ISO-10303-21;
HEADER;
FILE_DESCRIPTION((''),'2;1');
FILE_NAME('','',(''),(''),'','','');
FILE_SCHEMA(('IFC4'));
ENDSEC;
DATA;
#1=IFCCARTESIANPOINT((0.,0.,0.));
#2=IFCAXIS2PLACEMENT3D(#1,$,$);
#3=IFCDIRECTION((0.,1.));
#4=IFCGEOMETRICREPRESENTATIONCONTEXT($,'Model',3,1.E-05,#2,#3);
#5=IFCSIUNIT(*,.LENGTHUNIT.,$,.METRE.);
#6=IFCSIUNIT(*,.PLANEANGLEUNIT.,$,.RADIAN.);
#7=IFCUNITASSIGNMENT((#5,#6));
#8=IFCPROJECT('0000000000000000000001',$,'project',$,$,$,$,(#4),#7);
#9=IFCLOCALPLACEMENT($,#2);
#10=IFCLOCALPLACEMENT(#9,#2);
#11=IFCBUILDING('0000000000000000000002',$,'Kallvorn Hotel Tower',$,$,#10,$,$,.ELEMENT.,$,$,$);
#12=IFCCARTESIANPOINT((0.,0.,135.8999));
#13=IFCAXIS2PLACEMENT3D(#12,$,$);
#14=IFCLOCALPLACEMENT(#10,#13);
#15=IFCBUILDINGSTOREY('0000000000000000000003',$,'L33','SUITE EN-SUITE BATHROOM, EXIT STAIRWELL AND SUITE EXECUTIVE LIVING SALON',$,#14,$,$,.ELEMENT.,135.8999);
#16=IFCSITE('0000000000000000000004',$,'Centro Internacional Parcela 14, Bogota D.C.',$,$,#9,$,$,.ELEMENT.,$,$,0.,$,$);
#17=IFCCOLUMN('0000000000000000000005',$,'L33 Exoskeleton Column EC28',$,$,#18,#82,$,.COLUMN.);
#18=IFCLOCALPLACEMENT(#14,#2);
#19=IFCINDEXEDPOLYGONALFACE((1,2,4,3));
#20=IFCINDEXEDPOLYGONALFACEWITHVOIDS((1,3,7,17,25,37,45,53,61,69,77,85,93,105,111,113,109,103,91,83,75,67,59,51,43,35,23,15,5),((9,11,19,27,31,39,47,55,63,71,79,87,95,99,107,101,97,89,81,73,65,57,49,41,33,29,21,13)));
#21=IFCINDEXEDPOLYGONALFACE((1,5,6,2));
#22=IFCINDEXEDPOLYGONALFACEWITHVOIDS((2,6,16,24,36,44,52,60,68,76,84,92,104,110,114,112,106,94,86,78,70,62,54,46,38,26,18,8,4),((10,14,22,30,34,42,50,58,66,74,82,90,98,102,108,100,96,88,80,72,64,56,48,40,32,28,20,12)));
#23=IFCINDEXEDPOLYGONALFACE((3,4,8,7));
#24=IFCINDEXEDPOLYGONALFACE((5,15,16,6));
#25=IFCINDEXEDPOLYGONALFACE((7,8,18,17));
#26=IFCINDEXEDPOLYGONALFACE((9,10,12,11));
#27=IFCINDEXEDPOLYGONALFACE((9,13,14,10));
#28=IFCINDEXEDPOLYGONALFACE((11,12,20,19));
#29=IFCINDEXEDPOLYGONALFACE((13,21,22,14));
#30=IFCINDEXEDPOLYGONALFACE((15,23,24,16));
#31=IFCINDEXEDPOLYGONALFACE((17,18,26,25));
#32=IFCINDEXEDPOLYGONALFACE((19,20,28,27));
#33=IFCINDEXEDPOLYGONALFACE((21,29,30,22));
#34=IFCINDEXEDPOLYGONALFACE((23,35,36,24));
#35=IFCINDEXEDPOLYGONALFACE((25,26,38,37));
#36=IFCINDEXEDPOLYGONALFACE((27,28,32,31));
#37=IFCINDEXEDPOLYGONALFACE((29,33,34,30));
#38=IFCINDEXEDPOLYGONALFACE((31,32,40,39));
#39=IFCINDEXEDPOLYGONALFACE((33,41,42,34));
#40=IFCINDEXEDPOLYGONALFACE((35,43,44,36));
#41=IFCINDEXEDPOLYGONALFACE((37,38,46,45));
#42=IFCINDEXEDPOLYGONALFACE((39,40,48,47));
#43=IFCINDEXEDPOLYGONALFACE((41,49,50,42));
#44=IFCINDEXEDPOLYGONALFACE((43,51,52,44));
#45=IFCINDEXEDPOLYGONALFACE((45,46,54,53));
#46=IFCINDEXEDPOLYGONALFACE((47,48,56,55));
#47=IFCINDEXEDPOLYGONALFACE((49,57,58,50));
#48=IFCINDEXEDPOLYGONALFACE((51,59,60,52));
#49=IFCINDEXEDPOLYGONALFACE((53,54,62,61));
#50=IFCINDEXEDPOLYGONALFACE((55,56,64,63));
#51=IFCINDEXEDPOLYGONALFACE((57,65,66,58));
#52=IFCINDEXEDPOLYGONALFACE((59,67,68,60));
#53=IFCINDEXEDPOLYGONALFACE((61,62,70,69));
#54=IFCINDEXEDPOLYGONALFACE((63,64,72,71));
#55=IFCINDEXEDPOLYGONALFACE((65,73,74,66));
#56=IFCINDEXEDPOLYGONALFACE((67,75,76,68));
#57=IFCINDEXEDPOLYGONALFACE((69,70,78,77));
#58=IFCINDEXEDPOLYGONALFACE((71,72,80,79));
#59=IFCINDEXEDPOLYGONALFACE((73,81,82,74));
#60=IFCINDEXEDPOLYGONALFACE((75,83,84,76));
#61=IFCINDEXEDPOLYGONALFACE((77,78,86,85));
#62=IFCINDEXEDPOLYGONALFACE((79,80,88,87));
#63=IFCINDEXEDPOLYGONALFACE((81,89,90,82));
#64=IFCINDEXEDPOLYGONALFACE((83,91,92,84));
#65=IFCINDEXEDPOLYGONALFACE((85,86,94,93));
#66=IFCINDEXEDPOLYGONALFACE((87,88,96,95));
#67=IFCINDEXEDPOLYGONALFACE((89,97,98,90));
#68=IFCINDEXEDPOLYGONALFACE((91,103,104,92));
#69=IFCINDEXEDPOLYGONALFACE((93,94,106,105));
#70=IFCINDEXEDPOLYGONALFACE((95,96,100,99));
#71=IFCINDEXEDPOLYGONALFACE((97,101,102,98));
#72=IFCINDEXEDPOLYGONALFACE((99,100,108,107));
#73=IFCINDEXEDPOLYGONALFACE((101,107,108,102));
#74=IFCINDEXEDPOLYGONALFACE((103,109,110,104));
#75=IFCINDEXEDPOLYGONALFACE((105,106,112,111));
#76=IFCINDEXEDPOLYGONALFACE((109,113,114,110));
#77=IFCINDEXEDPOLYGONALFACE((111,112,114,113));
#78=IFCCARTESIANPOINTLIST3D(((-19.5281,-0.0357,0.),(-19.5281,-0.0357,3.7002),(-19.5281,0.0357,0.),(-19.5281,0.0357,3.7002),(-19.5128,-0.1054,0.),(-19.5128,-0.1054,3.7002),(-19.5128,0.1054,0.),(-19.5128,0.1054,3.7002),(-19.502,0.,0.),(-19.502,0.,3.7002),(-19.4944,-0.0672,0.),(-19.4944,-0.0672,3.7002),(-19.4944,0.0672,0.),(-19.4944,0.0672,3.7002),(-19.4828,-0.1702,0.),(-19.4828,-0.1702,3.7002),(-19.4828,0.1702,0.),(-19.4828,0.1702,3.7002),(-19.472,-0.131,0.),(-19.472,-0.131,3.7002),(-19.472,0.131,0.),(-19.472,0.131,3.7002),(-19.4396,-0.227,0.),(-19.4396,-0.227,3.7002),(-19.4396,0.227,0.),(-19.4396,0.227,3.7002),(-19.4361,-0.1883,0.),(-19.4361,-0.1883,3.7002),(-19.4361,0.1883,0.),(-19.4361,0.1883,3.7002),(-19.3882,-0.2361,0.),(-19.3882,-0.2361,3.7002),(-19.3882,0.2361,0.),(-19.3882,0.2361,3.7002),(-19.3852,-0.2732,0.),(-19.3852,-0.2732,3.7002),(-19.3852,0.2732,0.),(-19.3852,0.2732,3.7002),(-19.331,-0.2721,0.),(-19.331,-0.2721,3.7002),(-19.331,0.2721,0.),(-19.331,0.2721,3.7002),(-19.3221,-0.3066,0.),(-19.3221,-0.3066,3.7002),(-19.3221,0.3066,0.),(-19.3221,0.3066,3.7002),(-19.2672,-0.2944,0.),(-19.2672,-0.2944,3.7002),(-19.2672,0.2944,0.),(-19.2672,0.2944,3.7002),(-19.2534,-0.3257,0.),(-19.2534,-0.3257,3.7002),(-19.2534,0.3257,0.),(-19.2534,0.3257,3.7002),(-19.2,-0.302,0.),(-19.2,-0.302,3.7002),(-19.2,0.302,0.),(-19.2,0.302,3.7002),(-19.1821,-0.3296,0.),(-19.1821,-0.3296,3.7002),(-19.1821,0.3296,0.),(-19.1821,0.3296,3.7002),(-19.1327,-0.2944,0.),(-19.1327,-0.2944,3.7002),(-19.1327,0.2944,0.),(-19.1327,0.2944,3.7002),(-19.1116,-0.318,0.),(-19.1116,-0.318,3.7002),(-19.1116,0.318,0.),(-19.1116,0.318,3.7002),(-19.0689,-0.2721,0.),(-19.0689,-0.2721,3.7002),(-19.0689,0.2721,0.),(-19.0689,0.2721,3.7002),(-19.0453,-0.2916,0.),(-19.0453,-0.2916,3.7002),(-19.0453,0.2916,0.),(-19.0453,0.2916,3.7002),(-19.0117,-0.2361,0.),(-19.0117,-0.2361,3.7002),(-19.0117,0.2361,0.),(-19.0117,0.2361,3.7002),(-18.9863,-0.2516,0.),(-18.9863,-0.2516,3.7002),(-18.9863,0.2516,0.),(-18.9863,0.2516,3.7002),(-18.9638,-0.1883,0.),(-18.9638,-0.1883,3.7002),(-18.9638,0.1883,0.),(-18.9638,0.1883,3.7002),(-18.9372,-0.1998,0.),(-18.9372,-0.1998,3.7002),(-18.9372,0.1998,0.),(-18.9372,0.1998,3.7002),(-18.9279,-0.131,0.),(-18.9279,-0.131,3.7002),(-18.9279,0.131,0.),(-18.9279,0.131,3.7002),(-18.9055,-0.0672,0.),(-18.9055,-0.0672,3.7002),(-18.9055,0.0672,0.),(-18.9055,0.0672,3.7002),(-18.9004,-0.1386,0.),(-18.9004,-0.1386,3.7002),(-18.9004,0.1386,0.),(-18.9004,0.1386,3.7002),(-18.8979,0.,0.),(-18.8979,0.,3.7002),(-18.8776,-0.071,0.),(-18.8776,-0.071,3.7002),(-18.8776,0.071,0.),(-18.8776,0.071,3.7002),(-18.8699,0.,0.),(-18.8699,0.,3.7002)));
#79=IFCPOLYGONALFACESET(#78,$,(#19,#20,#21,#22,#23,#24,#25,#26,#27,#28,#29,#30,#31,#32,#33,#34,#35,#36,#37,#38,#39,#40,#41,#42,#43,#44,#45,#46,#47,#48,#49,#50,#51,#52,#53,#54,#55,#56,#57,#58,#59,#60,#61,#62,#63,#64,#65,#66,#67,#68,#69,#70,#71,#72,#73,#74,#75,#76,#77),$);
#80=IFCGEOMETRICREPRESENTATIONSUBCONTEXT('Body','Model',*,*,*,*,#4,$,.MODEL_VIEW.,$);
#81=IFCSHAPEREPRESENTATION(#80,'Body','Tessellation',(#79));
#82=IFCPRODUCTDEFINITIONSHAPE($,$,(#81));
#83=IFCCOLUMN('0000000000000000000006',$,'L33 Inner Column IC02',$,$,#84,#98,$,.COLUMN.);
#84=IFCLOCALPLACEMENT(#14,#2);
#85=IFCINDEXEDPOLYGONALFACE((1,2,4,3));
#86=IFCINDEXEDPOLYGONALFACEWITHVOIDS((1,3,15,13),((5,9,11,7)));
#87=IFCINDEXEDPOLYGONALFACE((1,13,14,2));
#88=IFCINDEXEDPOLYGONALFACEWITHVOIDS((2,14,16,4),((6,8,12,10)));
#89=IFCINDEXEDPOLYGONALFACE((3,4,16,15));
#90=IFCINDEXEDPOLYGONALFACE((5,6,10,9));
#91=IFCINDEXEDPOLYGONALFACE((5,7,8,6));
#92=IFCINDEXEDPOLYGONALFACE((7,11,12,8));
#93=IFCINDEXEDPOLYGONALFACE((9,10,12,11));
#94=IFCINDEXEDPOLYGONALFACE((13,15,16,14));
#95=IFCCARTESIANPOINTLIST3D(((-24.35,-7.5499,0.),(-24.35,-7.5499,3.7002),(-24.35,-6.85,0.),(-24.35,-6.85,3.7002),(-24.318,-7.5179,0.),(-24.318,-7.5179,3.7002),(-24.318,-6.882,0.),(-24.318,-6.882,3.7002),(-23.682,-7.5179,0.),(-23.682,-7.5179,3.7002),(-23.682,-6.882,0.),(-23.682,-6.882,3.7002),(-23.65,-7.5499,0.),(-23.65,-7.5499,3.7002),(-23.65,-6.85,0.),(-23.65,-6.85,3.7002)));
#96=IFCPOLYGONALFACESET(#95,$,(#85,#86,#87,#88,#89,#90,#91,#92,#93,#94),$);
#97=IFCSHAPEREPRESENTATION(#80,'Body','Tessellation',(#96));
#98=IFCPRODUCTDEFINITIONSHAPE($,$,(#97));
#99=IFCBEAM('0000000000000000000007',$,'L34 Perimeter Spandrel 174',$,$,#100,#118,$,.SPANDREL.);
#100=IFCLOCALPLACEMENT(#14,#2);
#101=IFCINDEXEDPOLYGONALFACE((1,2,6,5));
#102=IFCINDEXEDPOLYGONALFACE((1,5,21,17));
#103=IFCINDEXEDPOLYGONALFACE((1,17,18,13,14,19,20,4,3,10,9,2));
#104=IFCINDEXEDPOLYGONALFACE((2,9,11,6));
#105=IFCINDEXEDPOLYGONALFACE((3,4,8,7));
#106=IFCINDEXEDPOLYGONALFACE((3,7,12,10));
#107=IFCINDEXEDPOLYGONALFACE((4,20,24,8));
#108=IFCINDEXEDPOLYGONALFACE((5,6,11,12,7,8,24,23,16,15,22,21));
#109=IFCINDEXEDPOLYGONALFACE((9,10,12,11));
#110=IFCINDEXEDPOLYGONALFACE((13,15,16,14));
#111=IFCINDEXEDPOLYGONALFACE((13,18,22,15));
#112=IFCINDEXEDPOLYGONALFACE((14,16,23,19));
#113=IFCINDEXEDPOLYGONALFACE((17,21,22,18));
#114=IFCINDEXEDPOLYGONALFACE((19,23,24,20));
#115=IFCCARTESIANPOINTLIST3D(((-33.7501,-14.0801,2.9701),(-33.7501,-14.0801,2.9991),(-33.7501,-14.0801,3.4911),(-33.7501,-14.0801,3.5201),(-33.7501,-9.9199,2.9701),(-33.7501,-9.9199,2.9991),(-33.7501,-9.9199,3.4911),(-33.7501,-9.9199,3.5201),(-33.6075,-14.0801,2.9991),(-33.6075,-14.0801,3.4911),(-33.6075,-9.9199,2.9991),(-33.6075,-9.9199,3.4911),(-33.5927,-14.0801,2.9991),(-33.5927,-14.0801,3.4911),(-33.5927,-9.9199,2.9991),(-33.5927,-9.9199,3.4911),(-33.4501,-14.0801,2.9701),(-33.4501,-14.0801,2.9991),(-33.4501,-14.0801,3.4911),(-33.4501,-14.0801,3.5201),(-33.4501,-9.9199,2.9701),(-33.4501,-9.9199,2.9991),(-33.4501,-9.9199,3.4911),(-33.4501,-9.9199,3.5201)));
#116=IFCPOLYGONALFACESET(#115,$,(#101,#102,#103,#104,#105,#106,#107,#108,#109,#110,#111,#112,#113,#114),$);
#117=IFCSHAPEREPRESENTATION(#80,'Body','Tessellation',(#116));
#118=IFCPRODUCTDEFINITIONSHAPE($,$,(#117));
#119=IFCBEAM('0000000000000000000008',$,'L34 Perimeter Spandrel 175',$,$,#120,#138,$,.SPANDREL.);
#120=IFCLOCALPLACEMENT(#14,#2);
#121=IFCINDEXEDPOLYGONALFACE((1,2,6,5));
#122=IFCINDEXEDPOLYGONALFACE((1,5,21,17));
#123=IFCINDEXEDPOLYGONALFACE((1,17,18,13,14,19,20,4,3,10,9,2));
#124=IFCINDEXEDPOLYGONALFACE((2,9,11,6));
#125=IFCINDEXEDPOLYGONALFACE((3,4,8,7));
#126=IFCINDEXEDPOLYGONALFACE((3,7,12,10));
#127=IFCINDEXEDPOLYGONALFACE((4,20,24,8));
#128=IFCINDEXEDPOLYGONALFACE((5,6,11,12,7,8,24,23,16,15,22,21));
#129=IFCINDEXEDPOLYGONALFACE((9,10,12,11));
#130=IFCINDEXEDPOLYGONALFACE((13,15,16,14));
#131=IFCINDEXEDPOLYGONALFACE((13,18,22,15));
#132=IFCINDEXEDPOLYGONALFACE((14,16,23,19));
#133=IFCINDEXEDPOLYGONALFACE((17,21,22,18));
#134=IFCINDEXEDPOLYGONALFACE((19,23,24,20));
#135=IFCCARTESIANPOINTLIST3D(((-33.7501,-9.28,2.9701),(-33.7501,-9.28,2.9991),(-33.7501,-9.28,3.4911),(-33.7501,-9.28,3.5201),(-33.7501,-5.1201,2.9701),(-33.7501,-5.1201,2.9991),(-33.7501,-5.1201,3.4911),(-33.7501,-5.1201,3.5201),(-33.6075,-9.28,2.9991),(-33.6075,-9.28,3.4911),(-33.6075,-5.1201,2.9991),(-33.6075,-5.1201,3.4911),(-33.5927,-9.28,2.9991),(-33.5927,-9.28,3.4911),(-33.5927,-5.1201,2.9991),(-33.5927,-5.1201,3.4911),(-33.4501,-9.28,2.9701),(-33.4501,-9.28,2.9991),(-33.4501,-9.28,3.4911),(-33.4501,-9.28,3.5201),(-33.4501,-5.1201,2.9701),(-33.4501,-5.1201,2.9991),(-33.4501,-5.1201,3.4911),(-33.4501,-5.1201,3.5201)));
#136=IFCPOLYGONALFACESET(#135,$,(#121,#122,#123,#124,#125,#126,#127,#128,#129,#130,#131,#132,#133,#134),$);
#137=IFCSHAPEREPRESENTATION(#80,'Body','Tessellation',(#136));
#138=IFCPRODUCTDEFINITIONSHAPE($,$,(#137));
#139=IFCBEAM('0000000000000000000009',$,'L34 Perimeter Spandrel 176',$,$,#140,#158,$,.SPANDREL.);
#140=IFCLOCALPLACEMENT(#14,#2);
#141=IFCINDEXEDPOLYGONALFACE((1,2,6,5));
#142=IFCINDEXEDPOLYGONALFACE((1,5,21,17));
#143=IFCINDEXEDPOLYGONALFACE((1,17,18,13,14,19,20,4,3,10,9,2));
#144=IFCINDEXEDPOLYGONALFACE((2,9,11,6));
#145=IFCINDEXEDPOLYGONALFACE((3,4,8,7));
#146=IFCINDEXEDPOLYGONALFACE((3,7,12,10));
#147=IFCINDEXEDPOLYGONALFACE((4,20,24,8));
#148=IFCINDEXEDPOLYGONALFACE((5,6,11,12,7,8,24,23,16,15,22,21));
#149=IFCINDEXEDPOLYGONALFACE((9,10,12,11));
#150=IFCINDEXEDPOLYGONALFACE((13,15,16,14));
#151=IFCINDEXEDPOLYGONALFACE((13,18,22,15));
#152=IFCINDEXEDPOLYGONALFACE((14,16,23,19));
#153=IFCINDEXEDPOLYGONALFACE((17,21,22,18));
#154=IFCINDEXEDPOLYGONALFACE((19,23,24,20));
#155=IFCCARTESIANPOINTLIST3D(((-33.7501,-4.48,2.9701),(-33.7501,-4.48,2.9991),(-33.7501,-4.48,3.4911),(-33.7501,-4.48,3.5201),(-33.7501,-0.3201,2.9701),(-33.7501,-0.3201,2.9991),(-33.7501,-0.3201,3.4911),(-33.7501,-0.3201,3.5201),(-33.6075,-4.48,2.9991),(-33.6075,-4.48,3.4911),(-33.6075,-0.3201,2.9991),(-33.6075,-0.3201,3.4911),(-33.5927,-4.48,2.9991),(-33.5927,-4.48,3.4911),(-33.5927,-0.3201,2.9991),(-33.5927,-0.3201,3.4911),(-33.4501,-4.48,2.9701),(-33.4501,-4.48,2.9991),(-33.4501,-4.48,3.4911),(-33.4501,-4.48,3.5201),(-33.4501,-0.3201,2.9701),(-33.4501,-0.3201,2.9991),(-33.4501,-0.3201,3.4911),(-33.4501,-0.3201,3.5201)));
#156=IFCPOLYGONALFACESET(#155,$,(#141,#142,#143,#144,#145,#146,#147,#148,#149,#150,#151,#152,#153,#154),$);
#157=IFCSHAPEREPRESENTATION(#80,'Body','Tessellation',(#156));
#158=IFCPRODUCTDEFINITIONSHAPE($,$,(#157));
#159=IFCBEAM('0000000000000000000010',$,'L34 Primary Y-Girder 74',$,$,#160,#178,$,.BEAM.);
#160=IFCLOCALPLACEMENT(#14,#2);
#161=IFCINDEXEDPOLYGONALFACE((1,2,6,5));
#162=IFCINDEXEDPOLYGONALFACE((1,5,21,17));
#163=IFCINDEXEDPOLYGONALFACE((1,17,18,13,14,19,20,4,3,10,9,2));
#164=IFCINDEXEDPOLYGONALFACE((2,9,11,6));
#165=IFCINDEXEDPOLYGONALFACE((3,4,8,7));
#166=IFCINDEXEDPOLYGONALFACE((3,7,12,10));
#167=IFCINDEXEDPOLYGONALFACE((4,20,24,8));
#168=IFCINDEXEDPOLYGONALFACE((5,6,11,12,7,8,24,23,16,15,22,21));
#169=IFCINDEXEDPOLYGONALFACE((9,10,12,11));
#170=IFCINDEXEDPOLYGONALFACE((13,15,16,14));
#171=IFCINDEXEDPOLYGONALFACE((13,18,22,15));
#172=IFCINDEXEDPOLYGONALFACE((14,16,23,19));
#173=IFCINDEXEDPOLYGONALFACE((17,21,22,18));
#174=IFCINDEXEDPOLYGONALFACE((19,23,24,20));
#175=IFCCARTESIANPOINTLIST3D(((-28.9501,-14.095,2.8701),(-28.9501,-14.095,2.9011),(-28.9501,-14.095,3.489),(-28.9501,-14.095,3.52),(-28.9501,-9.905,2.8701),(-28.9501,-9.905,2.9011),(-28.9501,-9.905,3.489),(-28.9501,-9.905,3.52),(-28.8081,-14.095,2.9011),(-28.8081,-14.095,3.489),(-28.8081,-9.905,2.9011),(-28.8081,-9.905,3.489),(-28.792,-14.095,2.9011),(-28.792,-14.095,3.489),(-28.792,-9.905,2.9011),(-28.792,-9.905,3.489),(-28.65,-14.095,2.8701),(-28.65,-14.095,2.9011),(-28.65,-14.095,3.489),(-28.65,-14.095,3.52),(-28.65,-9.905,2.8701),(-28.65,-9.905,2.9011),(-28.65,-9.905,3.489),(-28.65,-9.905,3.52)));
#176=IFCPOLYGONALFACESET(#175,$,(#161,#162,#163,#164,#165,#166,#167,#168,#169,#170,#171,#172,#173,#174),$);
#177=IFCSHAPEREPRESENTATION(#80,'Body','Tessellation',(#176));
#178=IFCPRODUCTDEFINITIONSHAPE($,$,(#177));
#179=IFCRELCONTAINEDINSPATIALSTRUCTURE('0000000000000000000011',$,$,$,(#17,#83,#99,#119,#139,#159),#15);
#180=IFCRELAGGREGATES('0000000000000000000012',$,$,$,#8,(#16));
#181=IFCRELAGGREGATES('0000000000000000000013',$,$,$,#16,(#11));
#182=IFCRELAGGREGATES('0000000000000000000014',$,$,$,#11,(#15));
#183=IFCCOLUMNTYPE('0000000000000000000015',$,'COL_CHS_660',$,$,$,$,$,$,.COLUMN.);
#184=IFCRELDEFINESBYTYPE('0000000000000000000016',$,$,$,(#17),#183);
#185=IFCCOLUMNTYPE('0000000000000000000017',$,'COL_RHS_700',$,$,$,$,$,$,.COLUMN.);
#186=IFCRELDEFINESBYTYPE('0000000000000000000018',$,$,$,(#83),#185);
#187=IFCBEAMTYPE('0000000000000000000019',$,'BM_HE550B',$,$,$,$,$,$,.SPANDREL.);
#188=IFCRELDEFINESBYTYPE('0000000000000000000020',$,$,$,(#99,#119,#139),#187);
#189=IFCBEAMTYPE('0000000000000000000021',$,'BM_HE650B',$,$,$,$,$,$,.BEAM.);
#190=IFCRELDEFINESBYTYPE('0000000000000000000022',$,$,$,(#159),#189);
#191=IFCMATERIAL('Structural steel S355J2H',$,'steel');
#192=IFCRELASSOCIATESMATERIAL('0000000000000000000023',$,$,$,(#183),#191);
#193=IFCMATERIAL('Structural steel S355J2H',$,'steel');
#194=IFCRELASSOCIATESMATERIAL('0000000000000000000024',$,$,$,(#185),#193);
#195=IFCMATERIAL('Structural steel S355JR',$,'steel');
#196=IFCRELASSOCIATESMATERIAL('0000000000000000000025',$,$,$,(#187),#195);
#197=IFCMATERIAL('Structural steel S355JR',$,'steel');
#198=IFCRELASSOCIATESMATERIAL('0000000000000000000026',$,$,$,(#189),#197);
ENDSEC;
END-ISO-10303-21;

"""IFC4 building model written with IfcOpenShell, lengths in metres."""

from ifc_helpers import new_model, si_unit, direction, frame, origin, origin_2d, place, context, subcontext, project, spatial, hollow_rectangle, hollow_circle, i_section, extrude, material, material_profile, profile_set, type_object, element, save


model = new_model("IFC4")

# Units and contexts
model_context = context("Model", 3, precision=1e-05, world=origin(), true_north=direction((0.0, 1.0)))
body_context = subcontext(model_context, "Body", "Model", "MODEL_VIEW")
ifc_project = project(units=[si_unit("LENGTHUNIT", "METRE"), si_unit("PLANEANGLEUNIT", "RADIAN")], contexts=[model_context])

# Site, building, storey
site_placement = place(None, origin())
site = spatial("IfcSite", under=ifc_project, at=site_placement, Name="Centro Internacional Parcela 14, Bogota D.C.", CompositionType="ELEMENT", RefElevation=0.0)
building_placement = place(site_placement, origin())
building = spatial("IfcBuilding", under=site, at=building_placement, Name="Kallvorn Hotel Tower", CompositionType="ELEMENT")
storey_placement = place(building_placement, frame((0.0, 0.0, 135.8999)))
storey = spatial("IfcBuildingStorey", under=building, at=storey_placement, Name="L33", Description="SUITE EN-SUITE BATHROOM, EXIT STAIRWELL AND SUITE EXECUTIVE LIVING SALON", CompositionType="ELEMENT", Elevation=135.8999)

# Columns
ifc_material_1 = material(Name="Structural steel S355J2H", Category="steel")
ifc_material_profile_1 = material_profile(ifc_material_1, hollow_circle(Radius=0.3301, WallThickness=0.0281, at=origin_2d()), Name="CHS 660x28")
ifc_profile_set_1 = profile_set([ifc_material_profile_1], Name="Structural steel S355J2H")
column_type_1 = type_object("IfcColumnType", Name="COL_CHS_660", PredefinedType="COLUMN", material=ifc_profile_set_1)
for number, where, z_axis, x_axis, name in (
    (1, (-19.2, 0.0, 0.0), (0.0, 0.0, 1.0), (1.0, 0.0, 0.0), "L33 Exoskeleton Column EC28"),
):
    element("IfcColumn", number, at=place(storey_placement, frame(where, z_axis=z_axis, x_axis=x_axis)), inside=storey, type_object=column_type_1, Name=name, PredefinedType="COLUMN", context=body_context, shape_type="SweptSolid", body=[
        extrude(hollow_circle(Radius=0.3301, WallThickness=0.0281, at=origin_2d()), origin(), (0.0, 0.0, 1.0), 3.7002),
    ])
ifc_material_2 = material(Name="Structural steel S355J2H", Category="steel")
ifc_material_profile_2 = material_profile(ifc_material_2, hollow_rectangle(XDim=0.7, YDim=0.7, WallThickness=0.032, at=origin_2d()), Name="RHS 700x700x32")
ifc_profile_set_2 = profile_set([ifc_material_profile_2], Name="Structural steel S355J2H")
column_type_2 = type_object("IfcColumnType", Name="COL_RHS_700", PredefinedType="COLUMN", material=ifc_profile_set_2)
column_placement = place(storey_placement, frame((-24.0, -7.2, 0.0), z_axis=(0.0, 0.0, 1.0), x_axis=(1.0, 0.0, 0.0)))
element("IfcColumn", 2, at=column_placement, inside=storey, type_object=column_type_2, Name="L33 Inner Column IC02", PredefinedType="COLUMN", context=body_context, shape_type="SweptSolid", body=[
    extrude(hollow_rectangle(XDim=0.7, YDim=0.7, WallThickness=0.032, at=origin_2d()), origin(), (0.0, 0.0, 1.0), 3.7002),
])

# Beams
ifc_material_3 = material(Name="Structural steel S355JR", Category="steel")
ifc_material_profile_3 = material_profile(ifc_material_3, i_section(OverallWidth=0.3, OverallDepth=0.55, WebThickness=0.0149, FlangeThickness=0.0291, at=origin_2d()), Name="HE 550 B")
ifc_profile_set_3 = profile_set([ifc_material_profile_3], Name="Structural steel S355JR")
beam_type_1 = type_object("IfcBeamType", Name="BM_HE550B", PredefinedType="SPANDREL", material=ifc_profile_set_3)
beam_1_placement = place(storey_placement, frame((-33.6001, -14.0801, 3.2451), z_axis=(0.0, 1.0, 0.0), x_axis=(-1.0, 0.0, 0.0)))
element("IfcBeam", 3, at=beam_1_placement, inside=storey, type_object=beam_type_1, Name="L34 Perimeter Spandrel 174", PredefinedType="SPANDREL", context=body_context, shape_type="SweptSolid", body=[
    extrude(i_section(OverallWidth=0.3, OverallDepth=0.55, WebThickness=0.0149, FlangeThickness=0.0291, at=origin_2d()), origin(), (0.0, 0.0, 1.0), 4.1602),
])
for number, where, z_axis, x_axis, name in (
    (4, (-33.6001, -9.28, 3.2451), (0.0, 1.0, 0.0), (-1.0, 0.0, 0.0), "L34 Perimeter Spandrel 175"),
    (5, (-33.6001, -4.48, 3.2451), (0.0, 1.0, 0.0), (-1.0, 0.0, 0.0), "L34 Perimeter Spandrel 176"),
):
    element("IfcBeam", number, at=place(storey_placement, frame(where, z_axis=z_axis, x_axis=x_axis)), inside=storey, type_object=beam_type_1, Name=name, PredefinedType="SPANDREL", context=body_context, shape_type="SweptSolid", body=[
        extrude(i_section(OverallWidth=0.3, OverallDepth=0.55, WebThickness=0.0149, FlangeThickness=0.0291, at=origin_2d()), origin(), (0.0, 0.0, 1.0), 4.1599),
    ])
ifc_material_4 = material(Name="Structural steel S355JR", Category="steel")
ifc_material_profile_4 = material_profile(ifc_material_4, i_section(OverallWidth=0.3, OverallDepth=0.6499, WebThickness=0.0161, FlangeThickness=0.031, at=origin_2d()), Name="HE 650 B")
ifc_profile_set_4 = profile_set([ifc_material_profile_4], Name="Structural steel S355JR")
beam_type_2 = type_object("IfcBeamType", Name="BM_HE650B", PredefinedType="BEAM", material=ifc_profile_set_4)
for number, where, z_axis, x_axis, name in (
    (6, (-28.8, -14.095, 3.1951), (0.0, 1.0, 0.0), (-1.0, 0.0, 0.0), "L34 Primary Y-Girder 74"),
):
    element("IfcBeam", number, at=place(storey_placement, frame(where, z_axis=z_axis, x_axis=x_axis)), inside=storey, type_object=beam_type_2, Name=name, PredefinedType="BEAM", context=body_context, shape_type="SweptSolid", body=[
        extrude(i_section(OverallWidth=0.3, OverallDepth=0.6499, WebThickness=0.0161, FlangeThickness=0.031, at=origin_2d()), origin(), (0.0, 0.0, 1.0), 4.1899),
    ])

save(model, "model.ifc")
